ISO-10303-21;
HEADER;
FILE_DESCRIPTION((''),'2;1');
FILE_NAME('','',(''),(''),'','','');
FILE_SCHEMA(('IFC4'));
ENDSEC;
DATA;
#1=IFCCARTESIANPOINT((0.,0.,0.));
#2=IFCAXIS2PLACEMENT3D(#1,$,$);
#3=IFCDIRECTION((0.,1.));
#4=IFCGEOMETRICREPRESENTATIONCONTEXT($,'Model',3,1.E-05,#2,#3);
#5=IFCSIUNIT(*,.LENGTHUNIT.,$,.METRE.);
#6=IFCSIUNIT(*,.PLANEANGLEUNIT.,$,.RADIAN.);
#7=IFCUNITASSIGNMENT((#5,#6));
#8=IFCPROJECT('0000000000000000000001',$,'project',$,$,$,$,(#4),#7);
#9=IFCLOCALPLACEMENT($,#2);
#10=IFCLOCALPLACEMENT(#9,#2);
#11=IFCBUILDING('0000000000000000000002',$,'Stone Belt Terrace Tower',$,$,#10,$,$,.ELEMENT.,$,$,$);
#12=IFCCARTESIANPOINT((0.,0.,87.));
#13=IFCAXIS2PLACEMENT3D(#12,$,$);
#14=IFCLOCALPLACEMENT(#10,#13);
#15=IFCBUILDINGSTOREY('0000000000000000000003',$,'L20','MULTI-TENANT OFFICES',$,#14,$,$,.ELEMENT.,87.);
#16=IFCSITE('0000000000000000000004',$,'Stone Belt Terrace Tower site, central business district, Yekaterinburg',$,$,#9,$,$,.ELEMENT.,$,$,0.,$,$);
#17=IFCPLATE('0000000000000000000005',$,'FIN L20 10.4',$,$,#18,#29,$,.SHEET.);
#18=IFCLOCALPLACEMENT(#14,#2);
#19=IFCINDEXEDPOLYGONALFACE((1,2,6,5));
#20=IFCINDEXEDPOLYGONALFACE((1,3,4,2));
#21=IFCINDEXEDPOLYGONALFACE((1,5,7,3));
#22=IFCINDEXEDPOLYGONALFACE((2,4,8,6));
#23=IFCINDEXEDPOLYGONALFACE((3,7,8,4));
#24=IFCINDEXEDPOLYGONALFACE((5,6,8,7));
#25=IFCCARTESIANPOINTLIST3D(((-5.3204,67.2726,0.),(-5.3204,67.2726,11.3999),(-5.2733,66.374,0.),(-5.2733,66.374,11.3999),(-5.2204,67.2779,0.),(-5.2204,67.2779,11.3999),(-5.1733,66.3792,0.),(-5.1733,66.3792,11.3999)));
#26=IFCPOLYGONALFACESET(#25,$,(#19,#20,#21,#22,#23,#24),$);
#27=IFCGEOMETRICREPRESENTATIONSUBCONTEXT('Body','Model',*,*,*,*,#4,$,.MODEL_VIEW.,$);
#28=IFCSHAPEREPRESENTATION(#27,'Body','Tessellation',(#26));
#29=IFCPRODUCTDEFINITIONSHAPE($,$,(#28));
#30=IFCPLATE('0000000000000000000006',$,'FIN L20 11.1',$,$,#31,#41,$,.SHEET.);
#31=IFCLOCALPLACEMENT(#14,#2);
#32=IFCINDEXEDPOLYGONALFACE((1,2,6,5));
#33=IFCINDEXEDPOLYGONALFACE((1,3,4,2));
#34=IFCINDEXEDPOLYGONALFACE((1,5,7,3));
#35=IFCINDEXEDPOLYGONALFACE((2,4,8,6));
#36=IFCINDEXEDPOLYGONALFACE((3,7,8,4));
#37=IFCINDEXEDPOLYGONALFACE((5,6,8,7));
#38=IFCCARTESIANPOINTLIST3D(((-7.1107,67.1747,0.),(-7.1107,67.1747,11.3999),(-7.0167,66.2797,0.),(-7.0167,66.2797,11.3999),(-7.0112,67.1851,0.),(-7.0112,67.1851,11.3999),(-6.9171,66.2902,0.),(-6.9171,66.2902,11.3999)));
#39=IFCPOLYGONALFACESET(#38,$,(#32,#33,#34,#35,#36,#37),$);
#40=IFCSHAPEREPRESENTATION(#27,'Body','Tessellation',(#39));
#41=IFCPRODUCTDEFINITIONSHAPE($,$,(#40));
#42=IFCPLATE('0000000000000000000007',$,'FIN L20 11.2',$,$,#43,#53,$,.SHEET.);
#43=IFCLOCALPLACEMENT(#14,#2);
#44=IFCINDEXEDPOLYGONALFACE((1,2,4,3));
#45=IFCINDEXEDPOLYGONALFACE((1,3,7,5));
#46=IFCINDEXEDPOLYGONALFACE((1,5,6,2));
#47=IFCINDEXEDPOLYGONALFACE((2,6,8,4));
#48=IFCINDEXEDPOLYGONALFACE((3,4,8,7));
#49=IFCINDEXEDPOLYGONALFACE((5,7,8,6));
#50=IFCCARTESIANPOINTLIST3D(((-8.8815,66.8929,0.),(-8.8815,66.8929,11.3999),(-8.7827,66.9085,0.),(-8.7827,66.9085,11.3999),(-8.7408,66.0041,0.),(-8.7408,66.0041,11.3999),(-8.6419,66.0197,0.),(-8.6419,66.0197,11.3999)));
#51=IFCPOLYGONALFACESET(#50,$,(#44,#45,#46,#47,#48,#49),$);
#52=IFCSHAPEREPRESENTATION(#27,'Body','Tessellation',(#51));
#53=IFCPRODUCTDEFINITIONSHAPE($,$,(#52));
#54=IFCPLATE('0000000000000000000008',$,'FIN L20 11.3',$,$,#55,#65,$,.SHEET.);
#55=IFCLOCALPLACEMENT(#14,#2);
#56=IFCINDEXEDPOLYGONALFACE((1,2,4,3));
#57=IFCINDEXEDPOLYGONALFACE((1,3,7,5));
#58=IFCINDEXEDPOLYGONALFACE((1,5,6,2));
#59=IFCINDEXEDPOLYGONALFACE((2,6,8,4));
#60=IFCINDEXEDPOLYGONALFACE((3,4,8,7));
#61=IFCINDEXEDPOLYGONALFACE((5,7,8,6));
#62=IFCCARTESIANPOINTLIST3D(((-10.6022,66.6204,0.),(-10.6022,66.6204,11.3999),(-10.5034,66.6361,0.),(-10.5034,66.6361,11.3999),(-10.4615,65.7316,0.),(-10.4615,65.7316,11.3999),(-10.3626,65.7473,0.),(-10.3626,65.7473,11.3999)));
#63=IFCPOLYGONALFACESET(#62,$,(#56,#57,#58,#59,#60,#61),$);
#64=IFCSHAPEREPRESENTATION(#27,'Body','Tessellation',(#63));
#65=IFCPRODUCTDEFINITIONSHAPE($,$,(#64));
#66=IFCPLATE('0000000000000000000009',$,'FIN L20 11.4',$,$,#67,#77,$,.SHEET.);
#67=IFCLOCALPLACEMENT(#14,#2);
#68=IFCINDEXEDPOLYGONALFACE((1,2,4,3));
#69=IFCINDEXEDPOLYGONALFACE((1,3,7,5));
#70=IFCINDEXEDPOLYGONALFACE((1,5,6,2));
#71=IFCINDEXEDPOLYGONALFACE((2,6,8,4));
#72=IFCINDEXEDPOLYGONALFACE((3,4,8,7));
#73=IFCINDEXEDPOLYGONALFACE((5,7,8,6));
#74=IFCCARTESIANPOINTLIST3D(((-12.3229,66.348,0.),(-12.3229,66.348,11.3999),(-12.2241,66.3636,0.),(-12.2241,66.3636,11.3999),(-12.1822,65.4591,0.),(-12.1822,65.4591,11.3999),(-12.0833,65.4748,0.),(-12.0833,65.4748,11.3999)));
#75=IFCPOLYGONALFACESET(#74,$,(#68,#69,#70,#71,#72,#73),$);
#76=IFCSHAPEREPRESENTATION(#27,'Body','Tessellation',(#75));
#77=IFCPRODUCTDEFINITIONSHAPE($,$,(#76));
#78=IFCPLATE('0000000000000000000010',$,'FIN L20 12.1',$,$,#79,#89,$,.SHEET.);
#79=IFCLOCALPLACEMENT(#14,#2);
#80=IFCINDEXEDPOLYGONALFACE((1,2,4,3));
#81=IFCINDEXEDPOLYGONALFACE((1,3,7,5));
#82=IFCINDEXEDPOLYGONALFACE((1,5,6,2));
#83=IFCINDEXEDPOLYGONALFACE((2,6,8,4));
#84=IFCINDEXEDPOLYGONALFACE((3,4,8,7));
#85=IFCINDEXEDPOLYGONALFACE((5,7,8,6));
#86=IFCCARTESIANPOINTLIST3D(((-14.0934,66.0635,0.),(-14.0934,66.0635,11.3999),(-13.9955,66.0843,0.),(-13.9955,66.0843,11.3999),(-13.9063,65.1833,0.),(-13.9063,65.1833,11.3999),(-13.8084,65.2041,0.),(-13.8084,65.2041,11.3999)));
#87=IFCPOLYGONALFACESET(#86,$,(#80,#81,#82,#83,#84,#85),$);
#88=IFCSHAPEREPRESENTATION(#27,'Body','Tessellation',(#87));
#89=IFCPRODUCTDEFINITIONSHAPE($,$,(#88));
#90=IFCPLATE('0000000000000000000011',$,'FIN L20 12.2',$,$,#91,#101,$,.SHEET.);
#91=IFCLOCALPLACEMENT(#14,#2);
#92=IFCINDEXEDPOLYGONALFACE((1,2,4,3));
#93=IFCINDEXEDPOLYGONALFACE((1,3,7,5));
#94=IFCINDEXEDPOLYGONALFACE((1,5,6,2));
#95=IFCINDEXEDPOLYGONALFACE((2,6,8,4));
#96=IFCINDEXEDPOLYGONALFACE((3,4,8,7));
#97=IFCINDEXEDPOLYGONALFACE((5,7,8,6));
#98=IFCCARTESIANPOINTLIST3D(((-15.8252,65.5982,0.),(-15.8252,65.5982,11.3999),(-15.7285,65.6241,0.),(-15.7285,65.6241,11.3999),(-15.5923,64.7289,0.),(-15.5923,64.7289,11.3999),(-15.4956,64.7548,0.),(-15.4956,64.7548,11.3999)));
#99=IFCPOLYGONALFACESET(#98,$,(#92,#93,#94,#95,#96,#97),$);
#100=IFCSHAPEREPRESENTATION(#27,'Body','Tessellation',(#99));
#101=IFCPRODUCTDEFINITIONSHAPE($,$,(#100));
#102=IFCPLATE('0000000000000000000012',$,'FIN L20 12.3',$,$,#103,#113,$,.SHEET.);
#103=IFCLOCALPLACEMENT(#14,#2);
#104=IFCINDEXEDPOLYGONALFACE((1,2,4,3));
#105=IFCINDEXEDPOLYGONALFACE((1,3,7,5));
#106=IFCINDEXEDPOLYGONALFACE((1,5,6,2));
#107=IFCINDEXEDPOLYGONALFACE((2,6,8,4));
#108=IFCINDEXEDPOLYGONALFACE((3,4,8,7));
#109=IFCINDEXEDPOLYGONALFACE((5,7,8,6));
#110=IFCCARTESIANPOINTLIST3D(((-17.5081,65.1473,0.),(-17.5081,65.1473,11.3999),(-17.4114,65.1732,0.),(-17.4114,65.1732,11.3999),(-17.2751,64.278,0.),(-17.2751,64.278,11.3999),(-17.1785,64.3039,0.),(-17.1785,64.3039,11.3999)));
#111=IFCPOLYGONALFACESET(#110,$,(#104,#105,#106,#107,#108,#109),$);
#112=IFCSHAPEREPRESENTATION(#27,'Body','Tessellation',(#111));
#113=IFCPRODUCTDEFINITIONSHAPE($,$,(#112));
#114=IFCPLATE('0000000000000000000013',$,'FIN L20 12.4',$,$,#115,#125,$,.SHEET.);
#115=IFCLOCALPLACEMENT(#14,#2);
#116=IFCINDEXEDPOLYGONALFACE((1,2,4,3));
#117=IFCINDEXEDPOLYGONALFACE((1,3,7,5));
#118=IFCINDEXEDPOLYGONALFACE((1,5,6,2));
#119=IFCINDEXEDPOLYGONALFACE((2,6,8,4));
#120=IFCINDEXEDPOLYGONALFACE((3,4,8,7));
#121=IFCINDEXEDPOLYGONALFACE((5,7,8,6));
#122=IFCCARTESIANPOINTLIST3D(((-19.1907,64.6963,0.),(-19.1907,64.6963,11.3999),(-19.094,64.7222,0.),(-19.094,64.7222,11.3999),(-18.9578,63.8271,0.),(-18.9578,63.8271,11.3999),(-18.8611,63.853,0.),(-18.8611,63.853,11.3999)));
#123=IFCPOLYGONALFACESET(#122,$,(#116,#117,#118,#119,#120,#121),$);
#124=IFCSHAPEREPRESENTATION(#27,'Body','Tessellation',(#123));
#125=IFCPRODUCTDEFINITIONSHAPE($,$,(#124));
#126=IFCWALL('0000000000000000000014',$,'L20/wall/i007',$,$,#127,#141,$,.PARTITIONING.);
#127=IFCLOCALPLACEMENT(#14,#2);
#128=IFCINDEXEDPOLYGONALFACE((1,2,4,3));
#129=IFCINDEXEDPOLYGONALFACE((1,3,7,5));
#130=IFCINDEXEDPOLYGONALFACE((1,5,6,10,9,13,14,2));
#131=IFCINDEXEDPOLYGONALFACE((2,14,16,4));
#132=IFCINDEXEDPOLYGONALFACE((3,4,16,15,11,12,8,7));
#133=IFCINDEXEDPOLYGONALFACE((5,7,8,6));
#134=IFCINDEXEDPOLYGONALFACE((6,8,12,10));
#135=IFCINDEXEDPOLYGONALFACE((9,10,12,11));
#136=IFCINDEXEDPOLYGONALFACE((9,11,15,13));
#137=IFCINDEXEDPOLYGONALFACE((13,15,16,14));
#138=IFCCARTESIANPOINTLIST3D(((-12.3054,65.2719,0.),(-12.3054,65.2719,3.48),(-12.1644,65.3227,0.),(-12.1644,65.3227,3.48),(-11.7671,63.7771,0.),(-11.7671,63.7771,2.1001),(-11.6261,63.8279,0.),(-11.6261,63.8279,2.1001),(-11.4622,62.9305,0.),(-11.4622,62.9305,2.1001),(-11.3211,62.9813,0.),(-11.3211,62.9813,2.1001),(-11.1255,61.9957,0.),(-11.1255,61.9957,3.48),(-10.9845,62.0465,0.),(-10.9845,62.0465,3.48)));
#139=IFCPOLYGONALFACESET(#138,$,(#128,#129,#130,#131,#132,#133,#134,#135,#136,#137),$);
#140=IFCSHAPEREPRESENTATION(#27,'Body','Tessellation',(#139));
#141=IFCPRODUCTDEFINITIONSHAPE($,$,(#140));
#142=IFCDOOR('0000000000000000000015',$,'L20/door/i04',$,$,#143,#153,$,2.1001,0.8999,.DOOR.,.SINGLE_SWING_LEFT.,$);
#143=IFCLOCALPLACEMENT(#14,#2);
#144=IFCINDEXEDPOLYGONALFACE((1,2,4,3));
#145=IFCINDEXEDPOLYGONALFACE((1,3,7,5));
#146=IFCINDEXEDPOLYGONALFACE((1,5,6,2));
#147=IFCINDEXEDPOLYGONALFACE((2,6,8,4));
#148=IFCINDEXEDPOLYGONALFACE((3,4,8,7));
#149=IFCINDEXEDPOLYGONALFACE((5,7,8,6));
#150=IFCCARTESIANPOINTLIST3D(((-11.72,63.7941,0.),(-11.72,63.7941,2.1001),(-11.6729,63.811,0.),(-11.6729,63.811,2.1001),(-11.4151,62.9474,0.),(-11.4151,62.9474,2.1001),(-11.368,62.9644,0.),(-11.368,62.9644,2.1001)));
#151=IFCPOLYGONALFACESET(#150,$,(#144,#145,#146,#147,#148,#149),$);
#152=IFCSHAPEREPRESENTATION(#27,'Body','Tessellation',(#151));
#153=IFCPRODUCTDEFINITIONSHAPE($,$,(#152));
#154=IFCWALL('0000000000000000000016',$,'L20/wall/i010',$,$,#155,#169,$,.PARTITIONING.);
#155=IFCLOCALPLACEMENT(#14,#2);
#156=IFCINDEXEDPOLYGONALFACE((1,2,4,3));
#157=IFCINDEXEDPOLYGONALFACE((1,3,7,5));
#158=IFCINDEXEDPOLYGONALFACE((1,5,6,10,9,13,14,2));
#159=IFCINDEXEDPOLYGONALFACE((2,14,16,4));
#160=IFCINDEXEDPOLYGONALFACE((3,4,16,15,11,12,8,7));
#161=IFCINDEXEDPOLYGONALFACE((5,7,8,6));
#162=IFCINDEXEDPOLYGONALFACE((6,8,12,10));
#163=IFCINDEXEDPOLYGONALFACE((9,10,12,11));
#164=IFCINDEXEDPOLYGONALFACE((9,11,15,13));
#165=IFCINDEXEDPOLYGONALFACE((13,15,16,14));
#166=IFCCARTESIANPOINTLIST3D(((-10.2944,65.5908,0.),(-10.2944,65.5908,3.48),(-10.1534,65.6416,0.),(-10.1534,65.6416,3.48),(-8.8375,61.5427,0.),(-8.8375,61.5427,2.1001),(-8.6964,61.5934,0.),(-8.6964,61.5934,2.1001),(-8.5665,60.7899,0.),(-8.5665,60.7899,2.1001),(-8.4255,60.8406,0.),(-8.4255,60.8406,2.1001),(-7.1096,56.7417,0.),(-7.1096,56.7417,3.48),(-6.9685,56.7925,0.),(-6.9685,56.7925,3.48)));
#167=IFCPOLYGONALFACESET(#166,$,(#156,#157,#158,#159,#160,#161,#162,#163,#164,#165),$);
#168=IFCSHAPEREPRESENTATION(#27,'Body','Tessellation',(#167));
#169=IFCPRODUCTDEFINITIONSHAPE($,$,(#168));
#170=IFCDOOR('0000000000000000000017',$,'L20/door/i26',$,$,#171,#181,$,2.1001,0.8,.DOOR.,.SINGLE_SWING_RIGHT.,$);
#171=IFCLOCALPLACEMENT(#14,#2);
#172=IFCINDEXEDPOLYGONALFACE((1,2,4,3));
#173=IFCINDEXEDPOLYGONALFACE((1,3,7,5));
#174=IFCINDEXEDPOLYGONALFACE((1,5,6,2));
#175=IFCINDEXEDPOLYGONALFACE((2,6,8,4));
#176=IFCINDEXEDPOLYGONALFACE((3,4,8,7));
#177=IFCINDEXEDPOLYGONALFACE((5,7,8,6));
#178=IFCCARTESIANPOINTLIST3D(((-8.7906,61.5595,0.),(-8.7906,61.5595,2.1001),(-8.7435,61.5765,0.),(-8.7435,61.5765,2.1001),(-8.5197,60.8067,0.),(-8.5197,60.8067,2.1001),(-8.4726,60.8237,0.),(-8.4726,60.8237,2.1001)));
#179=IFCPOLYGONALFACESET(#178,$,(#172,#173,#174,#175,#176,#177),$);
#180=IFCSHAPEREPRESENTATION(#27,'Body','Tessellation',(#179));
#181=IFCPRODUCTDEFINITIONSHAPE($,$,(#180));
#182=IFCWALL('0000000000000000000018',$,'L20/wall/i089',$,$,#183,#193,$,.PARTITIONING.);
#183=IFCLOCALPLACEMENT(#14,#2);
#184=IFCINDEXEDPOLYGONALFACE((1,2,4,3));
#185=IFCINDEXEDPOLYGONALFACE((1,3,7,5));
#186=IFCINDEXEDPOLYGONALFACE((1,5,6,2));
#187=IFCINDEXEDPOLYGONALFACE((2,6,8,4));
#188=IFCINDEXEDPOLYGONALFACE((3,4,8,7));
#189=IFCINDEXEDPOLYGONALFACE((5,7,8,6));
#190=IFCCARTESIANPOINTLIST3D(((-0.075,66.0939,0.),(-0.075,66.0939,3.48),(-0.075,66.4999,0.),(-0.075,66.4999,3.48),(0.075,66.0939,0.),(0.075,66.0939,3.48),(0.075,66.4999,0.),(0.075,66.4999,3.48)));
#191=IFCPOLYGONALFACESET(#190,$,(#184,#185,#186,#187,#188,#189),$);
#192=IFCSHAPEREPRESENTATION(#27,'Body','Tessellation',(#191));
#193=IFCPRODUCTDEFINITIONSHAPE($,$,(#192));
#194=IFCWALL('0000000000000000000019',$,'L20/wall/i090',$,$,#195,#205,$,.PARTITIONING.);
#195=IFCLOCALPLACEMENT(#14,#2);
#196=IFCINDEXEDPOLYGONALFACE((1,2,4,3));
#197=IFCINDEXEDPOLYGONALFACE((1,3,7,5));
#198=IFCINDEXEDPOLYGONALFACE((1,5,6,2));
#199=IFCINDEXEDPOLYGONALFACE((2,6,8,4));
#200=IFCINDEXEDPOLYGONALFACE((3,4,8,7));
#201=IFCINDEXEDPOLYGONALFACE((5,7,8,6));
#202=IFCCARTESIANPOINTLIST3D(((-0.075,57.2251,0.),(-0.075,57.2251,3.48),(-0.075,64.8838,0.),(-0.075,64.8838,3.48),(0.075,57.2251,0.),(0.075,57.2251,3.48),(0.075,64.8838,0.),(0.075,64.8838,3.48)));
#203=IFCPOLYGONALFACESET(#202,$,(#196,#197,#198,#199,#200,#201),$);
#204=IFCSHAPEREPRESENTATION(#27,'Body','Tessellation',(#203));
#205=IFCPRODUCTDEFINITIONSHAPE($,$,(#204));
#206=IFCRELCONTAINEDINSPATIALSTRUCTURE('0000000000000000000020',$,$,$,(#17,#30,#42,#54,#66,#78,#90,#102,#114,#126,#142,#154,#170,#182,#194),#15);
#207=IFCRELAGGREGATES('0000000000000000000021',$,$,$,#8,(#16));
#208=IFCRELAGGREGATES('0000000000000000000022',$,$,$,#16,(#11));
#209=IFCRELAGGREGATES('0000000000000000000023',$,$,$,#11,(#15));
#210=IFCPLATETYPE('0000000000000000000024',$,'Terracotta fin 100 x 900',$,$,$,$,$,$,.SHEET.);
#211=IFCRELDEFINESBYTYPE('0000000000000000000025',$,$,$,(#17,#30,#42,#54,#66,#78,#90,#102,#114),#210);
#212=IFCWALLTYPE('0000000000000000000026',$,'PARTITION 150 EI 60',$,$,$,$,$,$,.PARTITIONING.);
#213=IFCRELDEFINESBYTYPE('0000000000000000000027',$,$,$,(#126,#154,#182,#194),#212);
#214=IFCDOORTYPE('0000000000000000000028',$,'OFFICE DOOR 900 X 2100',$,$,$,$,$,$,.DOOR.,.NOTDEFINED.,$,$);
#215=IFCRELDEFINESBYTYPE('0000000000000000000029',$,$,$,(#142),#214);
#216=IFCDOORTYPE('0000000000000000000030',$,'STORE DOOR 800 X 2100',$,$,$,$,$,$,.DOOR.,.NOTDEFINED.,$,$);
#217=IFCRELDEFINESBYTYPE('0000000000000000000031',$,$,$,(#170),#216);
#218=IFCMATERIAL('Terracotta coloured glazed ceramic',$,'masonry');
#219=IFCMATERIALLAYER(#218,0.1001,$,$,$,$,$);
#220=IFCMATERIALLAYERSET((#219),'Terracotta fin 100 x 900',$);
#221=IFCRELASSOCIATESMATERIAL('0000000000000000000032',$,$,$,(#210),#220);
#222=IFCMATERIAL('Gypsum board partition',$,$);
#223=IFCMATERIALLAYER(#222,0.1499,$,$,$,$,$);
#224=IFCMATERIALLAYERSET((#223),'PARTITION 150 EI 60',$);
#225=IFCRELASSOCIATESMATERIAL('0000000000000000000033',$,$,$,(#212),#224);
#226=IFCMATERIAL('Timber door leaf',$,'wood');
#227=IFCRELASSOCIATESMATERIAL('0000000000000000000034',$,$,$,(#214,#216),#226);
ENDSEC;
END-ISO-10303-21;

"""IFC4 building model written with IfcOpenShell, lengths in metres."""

from ifc_helpers import new_model, si_unit, direction, frame, frame_2d, origin, origin_2d, place, context, subcontext, project, spatial, rectangle, extrude, material, layer, layer_set, type_object, element, fill, save


model = new_model("IFC4")

# Units and contexts
model_context = context("Model", 3, precision=1e-05, world=origin(), true_north=direction((0.0, 1.0)))
body_context = subcontext(model_context, "Body", "Model", "MODEL_VIEW")
ifc_project = project(units=[si_unit("LENGTHUNIT", "METRE"), si_unit("PLANEANGLEUNIT", "RADIAN")], contexts=[model_context])

# Site, building, storey
site_placement = place(None, origin())
site = spatial("IfcSite", under=ifc_project, at=site_placement, Name="Stone Belt Terrace Tower site, central business district, Yekaterinburg", CompositionType="ELEMENT", RefElevation=0.0)
building_placement = place(site_placement, origin())
building = spatial("IfcBuilding", under=site, at=building_placement, Name="Stone Belt Terrace Tower", CompositionType="ELEMENT")
storey_placement = place(building_placement, frame((0.0, 0.0, 87.0)))
storey = spatial("IfcBuildingStorey", under=building, at=storey_placement, Name="L20", Description="MULTI-TENANT OFFICES", CompositionType="ELEMENT", Elevation=87.0)

# Plates
ifc_material_1 = material(Name="Terracotta coloured glazed ceramic", Category="masonry")
ifc_layer_1 = layer(ifc_material_1, 0.1001)
ifc_layer_set_1 = layer_set([ifc_layer_1], Name="Terracotta fin 100 x 900")
plate_type_1 = type_object("IfcPlateType", Name="Terracotta fin 100 x 900", PredefinedType="SHEET", material=ifc_layer_set_1)
for number, where, z_axis, x_axis, name in (
    (1, (-5.2468, 66.8259, 0.0), (0.0, 0.0, 1.0), (-0.052336, 0.99863, 0.0), "FIN L20 10.4"),
    (2, (-7.0139, 66.7324, 0.0), (0.0, 0.0, 1.0), (-0.104528, 0.994522, 0.0), "FIN L20 11.1"),
    (3, (-8.7617, 66.4563, 0.0), (0.0, 0.0, 1.0), (-0.156434, 0.987688, 0.0), "FIN L20 11.2"),
    (4, (-10.4824, 66.1838, 0.0), (0.0, 0.0, 1.0), (-0.156434, 0.987688, 0.0), "FIN L20 11.3"),
    (5, (-12.2031, 65.9114, 0.0), (0.0, 0.0, 1.0), (-0.156434, 0.987688, 0.0), "FIN L20 11.4"),
    (6, (-13.9509, 65.6338, 0.0), (0.0, 0.0, 1.0), (-0.207912, 0.978148, 0.0), "FIN L20 12.1"),
    (7, (-15.6604, 65.1765, 0.0), (0.0, 0.0, 1.0), (-0.258819, 0.965926, 0.0), "FIN L20 12.2"),
    (8, (-17.3433, 64.7256, 0.0), (0.0, 0.0, 1.0), (-0.258819, 0.965926, 0.0), "FIN L20 12.3"),
    (9, (-19.0259, 64.2747, 0.0), (0.0, 0.0, 1.0), (-0.258819, 0.965926, 0.0), "FIN L20 12.4"),
):
    element("IfcPlate", number, at=place(storey_placement, frame(where, z_axis=z_axis, x_axis=x_axis)), inside=storey, type_object=plate_type_1, Name=name, PredefinedType="SHEET", context=body_context, shape_type="SweptSolid", body=[
        extrude(rectangle(XDim=0.8999, YDim=0.1001, at=origin_2d()), origin(), (0.0, 0.0, 1.0), 11.3999),
    ])

# Walls, openings, doors
ifc_material_2 = material(Name="Gypsum board partition")
ifc_layer_2 = layer(ifc_material_2, 0.1499)
ifc_layer_set_2 = layer_set([ifc_layer_2], Name="PARTITION 150 EI 60")
wall_type = type_object("IfcWallType", Name="PARTITION 150 EI 60", PredefinedType="PARTITIONING", material=ifc_layer_set_2)
wall_1_placement = place(storey_placement, frame((-11.0549, 62.021, 0.0), z_axis=(0.0, 0.0, 1.0), x_axis=(-0.338854, 0.940839, 0.0)))
wall_1 = element("IfcWall", 10, at=wall_1_placement, inside=storey, type_object=wall_type, Name="L20/wall/i007", PredefinedType="PARTITIONING", context=body_context, shape_type="SweptSolid", body=[
    extrude(rectangle(XDim=3.4822, YDim=0.1499, at=frame_2d((1.7412, 0.0))), origin(), (0.0, 0.0, 1.0), 3.48),
])
opening_1_placement = place(wall_1_placement, frame((0.9937, 0.0, 0.0)))
opening_1 = element("IfcOpeningElement", 11, at=opening_1_placement, cuts=wall_1, PredefinedType="OPENING", context=body_context, shape_type="SweptSolid", body=[
    extrude(rectangle(XDim=0.8999, YDim=2.1001, at=frame_2d((0.45, 1.05))), frame((0.0, 0.085, 0.0), z_axis=(0.0, -1.0, 0.0), x_axis=(1.0, 0.0, 0.0)), (0.0, 0.0, 1.0), 0.1699),
])
ifc_material_3 = material(Name="Timber door leaf", Category="wood")
door_type_1 = type_object("IfcDoorType", Name="OFFICE DOOR 900 X 2100", OperationType="NOTDEFINED", PredefinedType="DOOR", material=ifc_material_3)
door_1_placement = place(opening_1_placement, origin())
door_1 = element("IfcDoor", 12, at=door_1_placement, inside=storey, type_object=door_type_1, Name="L20/door/i04", OperationType="SINGLE_SWING_LEFT", OverallHeight=2.1001, OverallWidth=0.8999, PredefinedType="DOOR", context=body_context, shape_type="SweptSolid", body=[
    extrude(rectangle(XDim=0.8999, YDim=2.1001, at=frame_2d((0.45, 1.05))), frame((0.0, 0.0249, 0.0), z_axis=(0.0, -1.0, 0.0), x_axis=(1.0, 0.0, 0.0)), (0.0, 0.0, 1.0), 0.05),
])
fill(opening_1, door_1)
wall_2_placement = place(storey_placement, frame((-10.2239, 65.6162, 0.0), z_axis=(0.0, 0.0, 1.0), x_axis=(0.338638, -0.940917, 0.0)))
wall_2 = element("IfcWall", 13, at=wall_2_placement, inside=storey, type_object=wall_type, Name="L20/wall/i010", PredefinedType="PARTITIONING", context=body_context, shape_type="SweptSolid", body=[
    extrude(rectangle(XDim=9.4048, YDim=0.1499, at=frame_2d((4.7024, 0.0))), origin(), (0.0, 0.0, 1.0), 3.48),
])
opening_2_placement = place(wall_2_placement, frame((4.3025, 0.0, 0.0)))
opening_2 = element("IfcOpeningElement", 14, at=opening_2_placement, cuts=wall_2, PredefinedType="OPENING", context=body_context, shape_type="SweptSolid", body=[
    extrude(rectangle(XDim=0.8, YDim=2.1001, at=frame_2d((0.3999, 1.05))), frame((0.0, 0.085, 0.0), z_axis=(0.0, -1.0, 0.0), x_axis=(1.0, 0.0, 0.0)), (0.0, 0.0, 1.0), 0.1699),
])
door_type_2 = type_object("IfcDoorType", Name="STORE DOOR 800 X 2100", OperationType="NOTDEFINED", PredefinedType="DOOR", material=ifc_material_3)
door_2_placement = place(opening_2_placement, origin())
door_2 = element("IfcDoor", 15, at=door_2_placement, inside=storey, type_object=door_type_2, Name="L20/door/i26", OperationType="SINGLE_SWING_RIGHT", OverallHeight=2.1001, OverallWidth=0.8, PredefinedType="DOOR", context=body_context, shape_type="SweptSolid", body=[
    extrude(rectangle(XDim=0.8, YDim=2.1001, at=frame_2d((0.3999, 1.05))), frame((0.0, 0.0249, 0.0), z_axis=(0.0, -1.0, 0.0), x_axis=(1.0, 0.0, 0.0)), (0.0, 0.0, 1.0), 0.05),
])
fill(opening_2, door_2)

# Walls
wall_3_placement = place(storey_placement, frame((0.0, 66.5, 0.0), z_axis=(0.0, 0.0, 1.0), x_axis=(0.0, -1.0, 0.0)))
element("IfcWall", 16, at=wall_3_placement, inside=storey, type_object=wall_type, Name="L20/wall/i089", PredefinedType="PARTITIONING", context=body_context, shape_type="SweptSolid", body=[
    extrude(rectangle(XDim=0.406, YDim=0.1499, at=frame_2d((0.2031, 0.0))), origin(), (0.0, 0.0, 1.0), 3.48),
])
wall_4_placement = place(storey_placement, frame((0.0, 64.8838, 0.0), z_axis=(0.0, 0.0, 1.0), x_axis=(0.0, -1.0, 0.0)))
element("IfcWall", 17, at=wall_4_placement, inside=storey, type_object=wall_type, Name="L20/wall/i090", PredefinedType="PARTITIONING", context=body_context, shape_type="SweptSolid", body=[
    extrude(rectangle(XDim=7.6587, YDim=0.1499, at=frame_2d((3.8293, 0.0))), origin(), (0.0, 0.0, 1.0), 3.48),
])

save(model, "model.ifc")
